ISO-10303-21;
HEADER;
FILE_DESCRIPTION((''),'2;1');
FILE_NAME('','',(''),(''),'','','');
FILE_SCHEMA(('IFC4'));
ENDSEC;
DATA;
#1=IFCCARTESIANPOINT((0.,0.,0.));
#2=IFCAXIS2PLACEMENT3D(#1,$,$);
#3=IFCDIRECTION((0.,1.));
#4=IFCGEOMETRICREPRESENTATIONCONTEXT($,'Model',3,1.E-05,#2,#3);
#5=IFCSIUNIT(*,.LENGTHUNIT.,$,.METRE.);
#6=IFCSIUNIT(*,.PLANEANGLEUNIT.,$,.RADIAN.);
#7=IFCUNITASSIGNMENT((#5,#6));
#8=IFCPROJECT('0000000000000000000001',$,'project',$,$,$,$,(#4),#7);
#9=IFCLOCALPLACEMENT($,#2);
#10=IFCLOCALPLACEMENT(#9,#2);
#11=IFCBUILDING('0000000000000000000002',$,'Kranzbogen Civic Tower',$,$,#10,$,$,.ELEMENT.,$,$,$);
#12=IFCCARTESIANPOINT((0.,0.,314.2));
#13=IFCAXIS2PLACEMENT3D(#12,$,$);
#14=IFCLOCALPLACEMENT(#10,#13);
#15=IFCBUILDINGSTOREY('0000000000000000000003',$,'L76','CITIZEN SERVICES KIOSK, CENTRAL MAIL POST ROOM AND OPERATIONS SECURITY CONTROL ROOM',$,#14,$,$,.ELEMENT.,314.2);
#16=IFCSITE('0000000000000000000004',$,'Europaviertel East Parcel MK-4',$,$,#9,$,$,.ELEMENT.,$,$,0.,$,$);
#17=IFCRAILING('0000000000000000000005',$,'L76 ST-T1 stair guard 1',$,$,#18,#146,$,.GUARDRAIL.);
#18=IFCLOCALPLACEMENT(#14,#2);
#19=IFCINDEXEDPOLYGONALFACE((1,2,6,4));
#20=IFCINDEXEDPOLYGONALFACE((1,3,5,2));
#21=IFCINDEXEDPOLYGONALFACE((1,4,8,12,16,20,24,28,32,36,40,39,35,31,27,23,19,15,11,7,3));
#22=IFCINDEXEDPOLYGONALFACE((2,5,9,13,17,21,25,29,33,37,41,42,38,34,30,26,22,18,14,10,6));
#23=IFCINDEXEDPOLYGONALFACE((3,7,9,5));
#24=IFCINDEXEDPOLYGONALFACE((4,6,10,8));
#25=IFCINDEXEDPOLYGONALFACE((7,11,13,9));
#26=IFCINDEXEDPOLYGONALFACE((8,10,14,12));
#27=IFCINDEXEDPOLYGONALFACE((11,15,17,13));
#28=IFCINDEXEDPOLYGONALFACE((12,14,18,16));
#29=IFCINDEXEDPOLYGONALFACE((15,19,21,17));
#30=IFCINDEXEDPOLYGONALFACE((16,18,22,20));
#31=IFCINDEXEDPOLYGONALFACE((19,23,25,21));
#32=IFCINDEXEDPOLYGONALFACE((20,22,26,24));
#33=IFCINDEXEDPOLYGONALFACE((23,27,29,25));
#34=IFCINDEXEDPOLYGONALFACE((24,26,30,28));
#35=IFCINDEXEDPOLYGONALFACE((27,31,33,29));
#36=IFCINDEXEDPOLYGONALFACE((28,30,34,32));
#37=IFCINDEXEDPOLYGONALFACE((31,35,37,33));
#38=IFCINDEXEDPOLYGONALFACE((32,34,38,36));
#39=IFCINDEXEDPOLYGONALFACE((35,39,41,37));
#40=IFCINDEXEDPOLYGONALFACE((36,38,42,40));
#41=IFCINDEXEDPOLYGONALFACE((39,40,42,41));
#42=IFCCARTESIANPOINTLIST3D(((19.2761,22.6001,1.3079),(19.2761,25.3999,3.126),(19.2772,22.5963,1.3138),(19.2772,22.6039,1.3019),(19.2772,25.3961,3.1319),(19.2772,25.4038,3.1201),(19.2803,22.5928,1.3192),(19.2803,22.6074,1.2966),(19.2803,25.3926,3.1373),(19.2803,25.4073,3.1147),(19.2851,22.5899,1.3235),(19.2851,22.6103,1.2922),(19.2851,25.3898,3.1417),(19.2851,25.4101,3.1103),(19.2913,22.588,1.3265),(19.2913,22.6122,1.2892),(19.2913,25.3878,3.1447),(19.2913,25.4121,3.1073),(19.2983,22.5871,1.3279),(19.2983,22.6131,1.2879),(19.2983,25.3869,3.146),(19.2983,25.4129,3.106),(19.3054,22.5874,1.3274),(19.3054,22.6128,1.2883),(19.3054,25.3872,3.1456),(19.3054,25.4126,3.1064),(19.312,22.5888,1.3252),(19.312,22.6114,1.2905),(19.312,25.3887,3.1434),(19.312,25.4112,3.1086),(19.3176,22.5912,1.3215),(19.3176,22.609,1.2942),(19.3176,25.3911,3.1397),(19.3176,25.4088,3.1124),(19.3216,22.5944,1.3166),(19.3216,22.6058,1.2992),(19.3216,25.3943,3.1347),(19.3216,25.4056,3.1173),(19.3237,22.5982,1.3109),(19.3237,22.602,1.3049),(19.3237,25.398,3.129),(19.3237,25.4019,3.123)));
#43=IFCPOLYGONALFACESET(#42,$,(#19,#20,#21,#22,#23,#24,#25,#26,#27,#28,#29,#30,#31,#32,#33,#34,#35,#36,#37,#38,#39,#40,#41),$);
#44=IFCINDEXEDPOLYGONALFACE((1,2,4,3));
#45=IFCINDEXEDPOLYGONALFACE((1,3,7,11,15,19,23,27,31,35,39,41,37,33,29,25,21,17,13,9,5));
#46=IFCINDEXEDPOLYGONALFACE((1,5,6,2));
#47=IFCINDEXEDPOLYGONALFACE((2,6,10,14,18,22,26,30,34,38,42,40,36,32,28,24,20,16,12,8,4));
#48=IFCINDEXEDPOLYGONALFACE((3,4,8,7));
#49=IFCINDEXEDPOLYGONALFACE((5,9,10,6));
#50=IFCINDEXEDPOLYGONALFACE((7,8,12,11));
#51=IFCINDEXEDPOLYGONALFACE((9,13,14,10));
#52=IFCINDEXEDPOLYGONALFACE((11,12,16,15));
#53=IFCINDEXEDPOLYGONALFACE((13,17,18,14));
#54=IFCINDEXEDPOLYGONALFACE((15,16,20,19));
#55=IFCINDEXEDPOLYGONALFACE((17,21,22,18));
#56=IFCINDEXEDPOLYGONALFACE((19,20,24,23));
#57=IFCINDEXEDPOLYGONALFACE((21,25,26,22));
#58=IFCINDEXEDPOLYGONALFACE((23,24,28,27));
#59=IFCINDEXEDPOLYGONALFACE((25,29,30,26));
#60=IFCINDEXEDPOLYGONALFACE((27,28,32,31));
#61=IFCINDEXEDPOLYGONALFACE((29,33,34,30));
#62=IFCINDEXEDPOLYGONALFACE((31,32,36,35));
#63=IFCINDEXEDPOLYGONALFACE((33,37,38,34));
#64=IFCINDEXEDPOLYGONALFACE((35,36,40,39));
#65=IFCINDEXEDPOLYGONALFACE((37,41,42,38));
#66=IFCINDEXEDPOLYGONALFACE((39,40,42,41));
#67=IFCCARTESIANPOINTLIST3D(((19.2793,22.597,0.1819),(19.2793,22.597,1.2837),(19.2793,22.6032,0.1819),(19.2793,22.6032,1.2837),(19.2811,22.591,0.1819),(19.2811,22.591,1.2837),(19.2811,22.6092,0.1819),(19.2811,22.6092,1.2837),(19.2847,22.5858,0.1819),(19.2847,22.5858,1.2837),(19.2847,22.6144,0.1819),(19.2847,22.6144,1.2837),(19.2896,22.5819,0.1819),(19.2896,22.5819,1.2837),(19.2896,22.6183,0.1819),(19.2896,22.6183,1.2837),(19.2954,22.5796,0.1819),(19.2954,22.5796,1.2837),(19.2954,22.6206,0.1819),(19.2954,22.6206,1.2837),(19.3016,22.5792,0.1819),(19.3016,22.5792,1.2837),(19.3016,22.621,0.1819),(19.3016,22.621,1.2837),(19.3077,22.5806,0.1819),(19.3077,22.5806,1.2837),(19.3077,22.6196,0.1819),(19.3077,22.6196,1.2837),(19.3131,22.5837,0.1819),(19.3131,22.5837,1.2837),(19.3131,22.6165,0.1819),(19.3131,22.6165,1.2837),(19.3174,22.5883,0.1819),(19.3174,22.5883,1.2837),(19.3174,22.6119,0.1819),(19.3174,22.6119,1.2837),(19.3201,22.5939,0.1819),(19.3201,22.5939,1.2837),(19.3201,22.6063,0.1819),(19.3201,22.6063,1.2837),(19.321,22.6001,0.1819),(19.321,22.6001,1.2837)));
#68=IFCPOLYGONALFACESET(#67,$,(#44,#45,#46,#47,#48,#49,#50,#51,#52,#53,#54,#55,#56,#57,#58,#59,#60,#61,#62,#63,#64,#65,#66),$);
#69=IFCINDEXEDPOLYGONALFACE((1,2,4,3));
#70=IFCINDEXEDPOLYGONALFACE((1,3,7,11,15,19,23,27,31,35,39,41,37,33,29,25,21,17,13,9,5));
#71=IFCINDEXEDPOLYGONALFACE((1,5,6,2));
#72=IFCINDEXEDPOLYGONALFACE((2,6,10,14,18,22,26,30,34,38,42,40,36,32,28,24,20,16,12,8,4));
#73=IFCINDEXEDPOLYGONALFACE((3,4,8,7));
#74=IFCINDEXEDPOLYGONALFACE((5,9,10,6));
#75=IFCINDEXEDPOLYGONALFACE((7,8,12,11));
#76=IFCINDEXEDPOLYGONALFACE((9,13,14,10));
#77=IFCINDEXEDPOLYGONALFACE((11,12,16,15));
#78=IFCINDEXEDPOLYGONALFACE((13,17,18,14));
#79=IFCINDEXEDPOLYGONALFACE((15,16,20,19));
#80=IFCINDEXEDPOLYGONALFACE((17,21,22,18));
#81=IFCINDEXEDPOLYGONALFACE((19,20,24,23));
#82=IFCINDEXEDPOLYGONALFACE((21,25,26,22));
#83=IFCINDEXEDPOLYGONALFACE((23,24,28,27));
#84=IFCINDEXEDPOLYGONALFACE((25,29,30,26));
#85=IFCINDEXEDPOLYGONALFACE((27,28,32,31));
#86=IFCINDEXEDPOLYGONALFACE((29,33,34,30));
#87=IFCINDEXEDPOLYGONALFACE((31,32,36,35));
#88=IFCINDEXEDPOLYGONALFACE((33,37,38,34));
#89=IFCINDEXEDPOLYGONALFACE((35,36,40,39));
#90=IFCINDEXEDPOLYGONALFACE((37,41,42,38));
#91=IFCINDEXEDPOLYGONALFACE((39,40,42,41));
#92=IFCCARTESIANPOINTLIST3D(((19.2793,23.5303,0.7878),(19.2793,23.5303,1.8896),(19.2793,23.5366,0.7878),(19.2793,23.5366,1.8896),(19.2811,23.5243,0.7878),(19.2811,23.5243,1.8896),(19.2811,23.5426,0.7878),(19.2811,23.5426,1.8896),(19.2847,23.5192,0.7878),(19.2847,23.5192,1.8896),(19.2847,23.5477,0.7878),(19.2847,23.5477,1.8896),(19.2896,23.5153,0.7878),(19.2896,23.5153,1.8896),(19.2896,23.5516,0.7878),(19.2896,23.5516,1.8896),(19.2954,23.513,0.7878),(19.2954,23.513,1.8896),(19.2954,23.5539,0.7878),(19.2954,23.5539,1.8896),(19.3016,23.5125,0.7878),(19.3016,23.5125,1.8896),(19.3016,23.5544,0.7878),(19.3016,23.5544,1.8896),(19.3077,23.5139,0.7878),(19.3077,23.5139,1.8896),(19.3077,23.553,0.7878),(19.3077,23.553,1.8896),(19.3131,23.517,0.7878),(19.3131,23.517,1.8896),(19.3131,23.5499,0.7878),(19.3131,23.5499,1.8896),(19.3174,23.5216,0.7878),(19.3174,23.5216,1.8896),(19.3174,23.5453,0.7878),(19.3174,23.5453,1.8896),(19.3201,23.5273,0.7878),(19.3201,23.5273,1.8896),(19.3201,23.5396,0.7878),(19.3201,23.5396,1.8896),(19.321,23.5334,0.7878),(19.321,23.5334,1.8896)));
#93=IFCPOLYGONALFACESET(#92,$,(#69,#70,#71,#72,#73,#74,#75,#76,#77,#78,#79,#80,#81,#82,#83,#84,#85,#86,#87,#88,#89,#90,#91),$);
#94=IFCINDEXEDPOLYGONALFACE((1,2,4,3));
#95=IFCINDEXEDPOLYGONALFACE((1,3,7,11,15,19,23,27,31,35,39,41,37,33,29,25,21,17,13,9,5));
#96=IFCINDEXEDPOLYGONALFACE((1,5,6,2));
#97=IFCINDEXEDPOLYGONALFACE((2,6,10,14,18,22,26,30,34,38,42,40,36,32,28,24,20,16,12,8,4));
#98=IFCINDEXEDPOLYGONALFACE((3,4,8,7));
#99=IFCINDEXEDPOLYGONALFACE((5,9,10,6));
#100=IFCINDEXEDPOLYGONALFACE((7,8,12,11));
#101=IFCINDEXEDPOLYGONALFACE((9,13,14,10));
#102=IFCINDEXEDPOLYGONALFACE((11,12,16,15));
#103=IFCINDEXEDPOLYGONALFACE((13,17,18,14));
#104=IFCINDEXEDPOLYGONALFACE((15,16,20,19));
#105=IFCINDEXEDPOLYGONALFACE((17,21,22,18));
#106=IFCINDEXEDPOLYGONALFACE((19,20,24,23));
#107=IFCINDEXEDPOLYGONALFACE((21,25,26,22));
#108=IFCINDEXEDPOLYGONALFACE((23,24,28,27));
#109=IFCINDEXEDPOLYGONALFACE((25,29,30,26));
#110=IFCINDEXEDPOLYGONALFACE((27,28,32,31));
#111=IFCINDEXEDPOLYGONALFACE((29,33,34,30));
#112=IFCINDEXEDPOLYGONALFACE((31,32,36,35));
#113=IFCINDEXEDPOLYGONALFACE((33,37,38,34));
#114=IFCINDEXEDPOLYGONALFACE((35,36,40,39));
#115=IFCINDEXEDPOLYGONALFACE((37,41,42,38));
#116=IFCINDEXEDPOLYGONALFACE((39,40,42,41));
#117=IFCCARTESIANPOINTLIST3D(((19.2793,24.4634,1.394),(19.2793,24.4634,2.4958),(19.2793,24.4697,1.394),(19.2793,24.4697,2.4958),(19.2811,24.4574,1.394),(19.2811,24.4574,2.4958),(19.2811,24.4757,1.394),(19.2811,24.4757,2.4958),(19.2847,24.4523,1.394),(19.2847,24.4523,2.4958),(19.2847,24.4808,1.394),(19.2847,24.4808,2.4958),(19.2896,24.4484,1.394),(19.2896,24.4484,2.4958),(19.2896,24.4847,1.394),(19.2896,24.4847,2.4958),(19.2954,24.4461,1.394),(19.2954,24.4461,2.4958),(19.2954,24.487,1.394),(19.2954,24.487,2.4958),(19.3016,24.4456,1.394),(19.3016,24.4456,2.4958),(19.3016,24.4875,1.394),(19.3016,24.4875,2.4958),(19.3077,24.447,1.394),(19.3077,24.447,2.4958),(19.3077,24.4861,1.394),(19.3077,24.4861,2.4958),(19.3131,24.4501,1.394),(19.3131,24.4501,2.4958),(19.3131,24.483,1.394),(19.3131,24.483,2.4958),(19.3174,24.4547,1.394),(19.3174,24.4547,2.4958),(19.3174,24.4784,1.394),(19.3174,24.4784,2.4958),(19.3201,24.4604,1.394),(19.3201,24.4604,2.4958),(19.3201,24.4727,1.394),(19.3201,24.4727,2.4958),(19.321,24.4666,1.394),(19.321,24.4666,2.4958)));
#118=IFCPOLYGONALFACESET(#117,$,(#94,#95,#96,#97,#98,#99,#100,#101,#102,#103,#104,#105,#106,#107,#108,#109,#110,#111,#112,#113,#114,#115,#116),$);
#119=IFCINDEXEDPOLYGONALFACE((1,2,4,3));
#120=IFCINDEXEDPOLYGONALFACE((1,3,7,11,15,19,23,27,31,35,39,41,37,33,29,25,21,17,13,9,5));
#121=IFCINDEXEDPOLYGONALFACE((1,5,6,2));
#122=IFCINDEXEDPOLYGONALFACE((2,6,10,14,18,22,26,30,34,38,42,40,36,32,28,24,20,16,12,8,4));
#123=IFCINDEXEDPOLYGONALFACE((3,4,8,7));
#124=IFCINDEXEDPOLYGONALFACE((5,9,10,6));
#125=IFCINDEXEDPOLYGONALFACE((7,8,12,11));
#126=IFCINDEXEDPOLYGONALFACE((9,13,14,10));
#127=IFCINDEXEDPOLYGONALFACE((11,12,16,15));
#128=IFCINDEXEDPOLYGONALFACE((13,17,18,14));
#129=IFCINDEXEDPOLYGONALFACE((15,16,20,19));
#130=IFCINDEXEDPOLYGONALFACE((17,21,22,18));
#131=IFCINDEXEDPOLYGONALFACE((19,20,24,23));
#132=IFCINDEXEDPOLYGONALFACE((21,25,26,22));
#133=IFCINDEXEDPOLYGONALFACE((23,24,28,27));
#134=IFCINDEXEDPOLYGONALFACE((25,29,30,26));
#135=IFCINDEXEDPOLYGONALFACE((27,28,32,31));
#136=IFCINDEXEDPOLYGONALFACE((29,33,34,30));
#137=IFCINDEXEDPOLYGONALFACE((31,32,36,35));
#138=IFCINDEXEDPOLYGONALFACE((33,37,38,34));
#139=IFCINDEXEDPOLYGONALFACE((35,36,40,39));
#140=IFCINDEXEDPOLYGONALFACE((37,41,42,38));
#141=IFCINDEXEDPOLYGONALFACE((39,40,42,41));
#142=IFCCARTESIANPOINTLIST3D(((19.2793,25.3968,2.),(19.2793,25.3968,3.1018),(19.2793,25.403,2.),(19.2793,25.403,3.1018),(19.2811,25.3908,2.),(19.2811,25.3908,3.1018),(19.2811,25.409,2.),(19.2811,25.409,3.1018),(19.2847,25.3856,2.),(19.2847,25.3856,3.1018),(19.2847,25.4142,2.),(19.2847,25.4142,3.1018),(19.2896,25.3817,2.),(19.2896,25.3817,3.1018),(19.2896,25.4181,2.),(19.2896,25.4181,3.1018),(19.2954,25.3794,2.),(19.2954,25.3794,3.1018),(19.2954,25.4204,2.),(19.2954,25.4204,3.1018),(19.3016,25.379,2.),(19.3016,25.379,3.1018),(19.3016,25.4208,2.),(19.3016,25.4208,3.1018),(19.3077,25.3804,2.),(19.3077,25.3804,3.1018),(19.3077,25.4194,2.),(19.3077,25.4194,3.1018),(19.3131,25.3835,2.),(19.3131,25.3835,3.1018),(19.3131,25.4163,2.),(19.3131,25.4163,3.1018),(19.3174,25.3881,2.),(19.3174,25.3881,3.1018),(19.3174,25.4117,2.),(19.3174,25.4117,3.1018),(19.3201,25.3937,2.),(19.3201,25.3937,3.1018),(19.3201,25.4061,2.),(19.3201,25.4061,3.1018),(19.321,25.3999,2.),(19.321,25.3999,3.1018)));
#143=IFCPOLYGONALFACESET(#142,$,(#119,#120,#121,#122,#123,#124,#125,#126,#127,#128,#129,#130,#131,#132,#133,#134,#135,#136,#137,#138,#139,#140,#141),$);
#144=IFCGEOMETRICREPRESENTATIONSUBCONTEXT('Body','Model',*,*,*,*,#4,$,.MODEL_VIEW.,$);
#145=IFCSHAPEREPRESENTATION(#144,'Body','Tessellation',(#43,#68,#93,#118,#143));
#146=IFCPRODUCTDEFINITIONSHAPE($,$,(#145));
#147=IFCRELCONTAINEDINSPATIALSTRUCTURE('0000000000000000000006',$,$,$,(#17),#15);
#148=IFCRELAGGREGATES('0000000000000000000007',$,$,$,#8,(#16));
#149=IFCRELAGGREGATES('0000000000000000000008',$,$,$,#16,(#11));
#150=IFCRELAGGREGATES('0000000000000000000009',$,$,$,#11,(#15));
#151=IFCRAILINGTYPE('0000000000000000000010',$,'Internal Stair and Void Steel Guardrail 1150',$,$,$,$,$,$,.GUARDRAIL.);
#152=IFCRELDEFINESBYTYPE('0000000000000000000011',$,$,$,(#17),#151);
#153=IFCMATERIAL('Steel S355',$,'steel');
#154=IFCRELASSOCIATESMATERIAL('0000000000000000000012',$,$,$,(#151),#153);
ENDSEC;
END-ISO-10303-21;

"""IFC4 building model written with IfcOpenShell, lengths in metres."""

from ifc_helpers import new_model, si_unit, direction, frame, origin, origin_2d, place, context, subcontext, project, spatial, circle, extrude, material, type_object, element, save


model = new_model("IFC4")

# Units and contexts
model_context = context("Model", 3, precision=1e-05, world=origin(), true_north=direction((0.0, 1.0)))
body_context = subcontext(model_context, "Body", "Model", "MODEL_VIEW")
ifc_project = project(units=[si_unit("LENGTHUNIT", "METRE"), si_unit("PLANEANGLEUNIT", "RADIAN")], contexts=[model_context])

# Site, building, storey
site_placement = place(None, origin())
site = spatial("IfcSite", under=ifc_project, at=site_placement, Name="Europaviertel East Parcel MK-4", CompositionType="ELEMENT", RefElevation=0.0)
building_placement = place(site_placement, origin())
building = spatial("IfcBuilding", under=site, at=building_placement, Name="Kranzbogen Civic Tower", CompositionType="ELEMENT")
storey_placement = place(building_placement, frame((0.0, 0.0, 314.2)))
storey = spatial("IfcBuildingStorey", under=building, at=storey_placement, Name="L76", Description="CITIZEN SERVICES KIOSK, CENTRAL MAIL POST ROOM AND OPERATIONS SECURITY CONTROL ROOM", CompositionType="ELEMENT", Elevation=314.2)

# Shared definitions
ifc_material_1 = material(Name="Steel S355", Category="steel")

# Railing
railing_type_1 = type_object("IfcRailingType", Name="Internal Stair and Void Steel Guardrail 1150", PredefinedType="GUARDRAIL", material=ifc_material_1)
railing_1_placement = place(storey_placement, frame((19.3, 22.6001, 0.1819)))
element("IfcRailing", 1, at=railing_1_placement, inside=storey, type_object=railing_type_1, Name="L76 ST-T1 stair guard 1", PredefinedType="GUARDRAIL", context=body_context, shape_type="SweptSolid", body=[
    extrude(circle(Radius=0.0239, at=origin_2d()), frame((0.0, 0.0, 1.126), z_axis=(0.0, 0.838684, 0.544618), x_axis=(-1.0, 0.0, 0.0)), (0.0, 0.0, 1.0), 3.3384),
    extrude(circle(Radius=0.021, at=origin_2d()), origin(), (0.0, 0.0, 1.0), 1.1018),
    extrude(circle(Radius=0.021, at=origin_2d()), frame((0.0, 0.9333, 0.606)), (0.0, 0.0, 1.0), 1.1018),
    extrude(circle(Radius=0.021, at=origin_2d()), frame((0.0, 1.8665, 1.2122)), (0.0, 0.0, 1.0), 1.1018),
    extrude(circle(Radius=0.021, at=origin_2d()), frame((0.0, 2.7998, 1.8181)), (0.0, 0.0, 1.0), 1.1018),
])

save(model, "model.ifc")
